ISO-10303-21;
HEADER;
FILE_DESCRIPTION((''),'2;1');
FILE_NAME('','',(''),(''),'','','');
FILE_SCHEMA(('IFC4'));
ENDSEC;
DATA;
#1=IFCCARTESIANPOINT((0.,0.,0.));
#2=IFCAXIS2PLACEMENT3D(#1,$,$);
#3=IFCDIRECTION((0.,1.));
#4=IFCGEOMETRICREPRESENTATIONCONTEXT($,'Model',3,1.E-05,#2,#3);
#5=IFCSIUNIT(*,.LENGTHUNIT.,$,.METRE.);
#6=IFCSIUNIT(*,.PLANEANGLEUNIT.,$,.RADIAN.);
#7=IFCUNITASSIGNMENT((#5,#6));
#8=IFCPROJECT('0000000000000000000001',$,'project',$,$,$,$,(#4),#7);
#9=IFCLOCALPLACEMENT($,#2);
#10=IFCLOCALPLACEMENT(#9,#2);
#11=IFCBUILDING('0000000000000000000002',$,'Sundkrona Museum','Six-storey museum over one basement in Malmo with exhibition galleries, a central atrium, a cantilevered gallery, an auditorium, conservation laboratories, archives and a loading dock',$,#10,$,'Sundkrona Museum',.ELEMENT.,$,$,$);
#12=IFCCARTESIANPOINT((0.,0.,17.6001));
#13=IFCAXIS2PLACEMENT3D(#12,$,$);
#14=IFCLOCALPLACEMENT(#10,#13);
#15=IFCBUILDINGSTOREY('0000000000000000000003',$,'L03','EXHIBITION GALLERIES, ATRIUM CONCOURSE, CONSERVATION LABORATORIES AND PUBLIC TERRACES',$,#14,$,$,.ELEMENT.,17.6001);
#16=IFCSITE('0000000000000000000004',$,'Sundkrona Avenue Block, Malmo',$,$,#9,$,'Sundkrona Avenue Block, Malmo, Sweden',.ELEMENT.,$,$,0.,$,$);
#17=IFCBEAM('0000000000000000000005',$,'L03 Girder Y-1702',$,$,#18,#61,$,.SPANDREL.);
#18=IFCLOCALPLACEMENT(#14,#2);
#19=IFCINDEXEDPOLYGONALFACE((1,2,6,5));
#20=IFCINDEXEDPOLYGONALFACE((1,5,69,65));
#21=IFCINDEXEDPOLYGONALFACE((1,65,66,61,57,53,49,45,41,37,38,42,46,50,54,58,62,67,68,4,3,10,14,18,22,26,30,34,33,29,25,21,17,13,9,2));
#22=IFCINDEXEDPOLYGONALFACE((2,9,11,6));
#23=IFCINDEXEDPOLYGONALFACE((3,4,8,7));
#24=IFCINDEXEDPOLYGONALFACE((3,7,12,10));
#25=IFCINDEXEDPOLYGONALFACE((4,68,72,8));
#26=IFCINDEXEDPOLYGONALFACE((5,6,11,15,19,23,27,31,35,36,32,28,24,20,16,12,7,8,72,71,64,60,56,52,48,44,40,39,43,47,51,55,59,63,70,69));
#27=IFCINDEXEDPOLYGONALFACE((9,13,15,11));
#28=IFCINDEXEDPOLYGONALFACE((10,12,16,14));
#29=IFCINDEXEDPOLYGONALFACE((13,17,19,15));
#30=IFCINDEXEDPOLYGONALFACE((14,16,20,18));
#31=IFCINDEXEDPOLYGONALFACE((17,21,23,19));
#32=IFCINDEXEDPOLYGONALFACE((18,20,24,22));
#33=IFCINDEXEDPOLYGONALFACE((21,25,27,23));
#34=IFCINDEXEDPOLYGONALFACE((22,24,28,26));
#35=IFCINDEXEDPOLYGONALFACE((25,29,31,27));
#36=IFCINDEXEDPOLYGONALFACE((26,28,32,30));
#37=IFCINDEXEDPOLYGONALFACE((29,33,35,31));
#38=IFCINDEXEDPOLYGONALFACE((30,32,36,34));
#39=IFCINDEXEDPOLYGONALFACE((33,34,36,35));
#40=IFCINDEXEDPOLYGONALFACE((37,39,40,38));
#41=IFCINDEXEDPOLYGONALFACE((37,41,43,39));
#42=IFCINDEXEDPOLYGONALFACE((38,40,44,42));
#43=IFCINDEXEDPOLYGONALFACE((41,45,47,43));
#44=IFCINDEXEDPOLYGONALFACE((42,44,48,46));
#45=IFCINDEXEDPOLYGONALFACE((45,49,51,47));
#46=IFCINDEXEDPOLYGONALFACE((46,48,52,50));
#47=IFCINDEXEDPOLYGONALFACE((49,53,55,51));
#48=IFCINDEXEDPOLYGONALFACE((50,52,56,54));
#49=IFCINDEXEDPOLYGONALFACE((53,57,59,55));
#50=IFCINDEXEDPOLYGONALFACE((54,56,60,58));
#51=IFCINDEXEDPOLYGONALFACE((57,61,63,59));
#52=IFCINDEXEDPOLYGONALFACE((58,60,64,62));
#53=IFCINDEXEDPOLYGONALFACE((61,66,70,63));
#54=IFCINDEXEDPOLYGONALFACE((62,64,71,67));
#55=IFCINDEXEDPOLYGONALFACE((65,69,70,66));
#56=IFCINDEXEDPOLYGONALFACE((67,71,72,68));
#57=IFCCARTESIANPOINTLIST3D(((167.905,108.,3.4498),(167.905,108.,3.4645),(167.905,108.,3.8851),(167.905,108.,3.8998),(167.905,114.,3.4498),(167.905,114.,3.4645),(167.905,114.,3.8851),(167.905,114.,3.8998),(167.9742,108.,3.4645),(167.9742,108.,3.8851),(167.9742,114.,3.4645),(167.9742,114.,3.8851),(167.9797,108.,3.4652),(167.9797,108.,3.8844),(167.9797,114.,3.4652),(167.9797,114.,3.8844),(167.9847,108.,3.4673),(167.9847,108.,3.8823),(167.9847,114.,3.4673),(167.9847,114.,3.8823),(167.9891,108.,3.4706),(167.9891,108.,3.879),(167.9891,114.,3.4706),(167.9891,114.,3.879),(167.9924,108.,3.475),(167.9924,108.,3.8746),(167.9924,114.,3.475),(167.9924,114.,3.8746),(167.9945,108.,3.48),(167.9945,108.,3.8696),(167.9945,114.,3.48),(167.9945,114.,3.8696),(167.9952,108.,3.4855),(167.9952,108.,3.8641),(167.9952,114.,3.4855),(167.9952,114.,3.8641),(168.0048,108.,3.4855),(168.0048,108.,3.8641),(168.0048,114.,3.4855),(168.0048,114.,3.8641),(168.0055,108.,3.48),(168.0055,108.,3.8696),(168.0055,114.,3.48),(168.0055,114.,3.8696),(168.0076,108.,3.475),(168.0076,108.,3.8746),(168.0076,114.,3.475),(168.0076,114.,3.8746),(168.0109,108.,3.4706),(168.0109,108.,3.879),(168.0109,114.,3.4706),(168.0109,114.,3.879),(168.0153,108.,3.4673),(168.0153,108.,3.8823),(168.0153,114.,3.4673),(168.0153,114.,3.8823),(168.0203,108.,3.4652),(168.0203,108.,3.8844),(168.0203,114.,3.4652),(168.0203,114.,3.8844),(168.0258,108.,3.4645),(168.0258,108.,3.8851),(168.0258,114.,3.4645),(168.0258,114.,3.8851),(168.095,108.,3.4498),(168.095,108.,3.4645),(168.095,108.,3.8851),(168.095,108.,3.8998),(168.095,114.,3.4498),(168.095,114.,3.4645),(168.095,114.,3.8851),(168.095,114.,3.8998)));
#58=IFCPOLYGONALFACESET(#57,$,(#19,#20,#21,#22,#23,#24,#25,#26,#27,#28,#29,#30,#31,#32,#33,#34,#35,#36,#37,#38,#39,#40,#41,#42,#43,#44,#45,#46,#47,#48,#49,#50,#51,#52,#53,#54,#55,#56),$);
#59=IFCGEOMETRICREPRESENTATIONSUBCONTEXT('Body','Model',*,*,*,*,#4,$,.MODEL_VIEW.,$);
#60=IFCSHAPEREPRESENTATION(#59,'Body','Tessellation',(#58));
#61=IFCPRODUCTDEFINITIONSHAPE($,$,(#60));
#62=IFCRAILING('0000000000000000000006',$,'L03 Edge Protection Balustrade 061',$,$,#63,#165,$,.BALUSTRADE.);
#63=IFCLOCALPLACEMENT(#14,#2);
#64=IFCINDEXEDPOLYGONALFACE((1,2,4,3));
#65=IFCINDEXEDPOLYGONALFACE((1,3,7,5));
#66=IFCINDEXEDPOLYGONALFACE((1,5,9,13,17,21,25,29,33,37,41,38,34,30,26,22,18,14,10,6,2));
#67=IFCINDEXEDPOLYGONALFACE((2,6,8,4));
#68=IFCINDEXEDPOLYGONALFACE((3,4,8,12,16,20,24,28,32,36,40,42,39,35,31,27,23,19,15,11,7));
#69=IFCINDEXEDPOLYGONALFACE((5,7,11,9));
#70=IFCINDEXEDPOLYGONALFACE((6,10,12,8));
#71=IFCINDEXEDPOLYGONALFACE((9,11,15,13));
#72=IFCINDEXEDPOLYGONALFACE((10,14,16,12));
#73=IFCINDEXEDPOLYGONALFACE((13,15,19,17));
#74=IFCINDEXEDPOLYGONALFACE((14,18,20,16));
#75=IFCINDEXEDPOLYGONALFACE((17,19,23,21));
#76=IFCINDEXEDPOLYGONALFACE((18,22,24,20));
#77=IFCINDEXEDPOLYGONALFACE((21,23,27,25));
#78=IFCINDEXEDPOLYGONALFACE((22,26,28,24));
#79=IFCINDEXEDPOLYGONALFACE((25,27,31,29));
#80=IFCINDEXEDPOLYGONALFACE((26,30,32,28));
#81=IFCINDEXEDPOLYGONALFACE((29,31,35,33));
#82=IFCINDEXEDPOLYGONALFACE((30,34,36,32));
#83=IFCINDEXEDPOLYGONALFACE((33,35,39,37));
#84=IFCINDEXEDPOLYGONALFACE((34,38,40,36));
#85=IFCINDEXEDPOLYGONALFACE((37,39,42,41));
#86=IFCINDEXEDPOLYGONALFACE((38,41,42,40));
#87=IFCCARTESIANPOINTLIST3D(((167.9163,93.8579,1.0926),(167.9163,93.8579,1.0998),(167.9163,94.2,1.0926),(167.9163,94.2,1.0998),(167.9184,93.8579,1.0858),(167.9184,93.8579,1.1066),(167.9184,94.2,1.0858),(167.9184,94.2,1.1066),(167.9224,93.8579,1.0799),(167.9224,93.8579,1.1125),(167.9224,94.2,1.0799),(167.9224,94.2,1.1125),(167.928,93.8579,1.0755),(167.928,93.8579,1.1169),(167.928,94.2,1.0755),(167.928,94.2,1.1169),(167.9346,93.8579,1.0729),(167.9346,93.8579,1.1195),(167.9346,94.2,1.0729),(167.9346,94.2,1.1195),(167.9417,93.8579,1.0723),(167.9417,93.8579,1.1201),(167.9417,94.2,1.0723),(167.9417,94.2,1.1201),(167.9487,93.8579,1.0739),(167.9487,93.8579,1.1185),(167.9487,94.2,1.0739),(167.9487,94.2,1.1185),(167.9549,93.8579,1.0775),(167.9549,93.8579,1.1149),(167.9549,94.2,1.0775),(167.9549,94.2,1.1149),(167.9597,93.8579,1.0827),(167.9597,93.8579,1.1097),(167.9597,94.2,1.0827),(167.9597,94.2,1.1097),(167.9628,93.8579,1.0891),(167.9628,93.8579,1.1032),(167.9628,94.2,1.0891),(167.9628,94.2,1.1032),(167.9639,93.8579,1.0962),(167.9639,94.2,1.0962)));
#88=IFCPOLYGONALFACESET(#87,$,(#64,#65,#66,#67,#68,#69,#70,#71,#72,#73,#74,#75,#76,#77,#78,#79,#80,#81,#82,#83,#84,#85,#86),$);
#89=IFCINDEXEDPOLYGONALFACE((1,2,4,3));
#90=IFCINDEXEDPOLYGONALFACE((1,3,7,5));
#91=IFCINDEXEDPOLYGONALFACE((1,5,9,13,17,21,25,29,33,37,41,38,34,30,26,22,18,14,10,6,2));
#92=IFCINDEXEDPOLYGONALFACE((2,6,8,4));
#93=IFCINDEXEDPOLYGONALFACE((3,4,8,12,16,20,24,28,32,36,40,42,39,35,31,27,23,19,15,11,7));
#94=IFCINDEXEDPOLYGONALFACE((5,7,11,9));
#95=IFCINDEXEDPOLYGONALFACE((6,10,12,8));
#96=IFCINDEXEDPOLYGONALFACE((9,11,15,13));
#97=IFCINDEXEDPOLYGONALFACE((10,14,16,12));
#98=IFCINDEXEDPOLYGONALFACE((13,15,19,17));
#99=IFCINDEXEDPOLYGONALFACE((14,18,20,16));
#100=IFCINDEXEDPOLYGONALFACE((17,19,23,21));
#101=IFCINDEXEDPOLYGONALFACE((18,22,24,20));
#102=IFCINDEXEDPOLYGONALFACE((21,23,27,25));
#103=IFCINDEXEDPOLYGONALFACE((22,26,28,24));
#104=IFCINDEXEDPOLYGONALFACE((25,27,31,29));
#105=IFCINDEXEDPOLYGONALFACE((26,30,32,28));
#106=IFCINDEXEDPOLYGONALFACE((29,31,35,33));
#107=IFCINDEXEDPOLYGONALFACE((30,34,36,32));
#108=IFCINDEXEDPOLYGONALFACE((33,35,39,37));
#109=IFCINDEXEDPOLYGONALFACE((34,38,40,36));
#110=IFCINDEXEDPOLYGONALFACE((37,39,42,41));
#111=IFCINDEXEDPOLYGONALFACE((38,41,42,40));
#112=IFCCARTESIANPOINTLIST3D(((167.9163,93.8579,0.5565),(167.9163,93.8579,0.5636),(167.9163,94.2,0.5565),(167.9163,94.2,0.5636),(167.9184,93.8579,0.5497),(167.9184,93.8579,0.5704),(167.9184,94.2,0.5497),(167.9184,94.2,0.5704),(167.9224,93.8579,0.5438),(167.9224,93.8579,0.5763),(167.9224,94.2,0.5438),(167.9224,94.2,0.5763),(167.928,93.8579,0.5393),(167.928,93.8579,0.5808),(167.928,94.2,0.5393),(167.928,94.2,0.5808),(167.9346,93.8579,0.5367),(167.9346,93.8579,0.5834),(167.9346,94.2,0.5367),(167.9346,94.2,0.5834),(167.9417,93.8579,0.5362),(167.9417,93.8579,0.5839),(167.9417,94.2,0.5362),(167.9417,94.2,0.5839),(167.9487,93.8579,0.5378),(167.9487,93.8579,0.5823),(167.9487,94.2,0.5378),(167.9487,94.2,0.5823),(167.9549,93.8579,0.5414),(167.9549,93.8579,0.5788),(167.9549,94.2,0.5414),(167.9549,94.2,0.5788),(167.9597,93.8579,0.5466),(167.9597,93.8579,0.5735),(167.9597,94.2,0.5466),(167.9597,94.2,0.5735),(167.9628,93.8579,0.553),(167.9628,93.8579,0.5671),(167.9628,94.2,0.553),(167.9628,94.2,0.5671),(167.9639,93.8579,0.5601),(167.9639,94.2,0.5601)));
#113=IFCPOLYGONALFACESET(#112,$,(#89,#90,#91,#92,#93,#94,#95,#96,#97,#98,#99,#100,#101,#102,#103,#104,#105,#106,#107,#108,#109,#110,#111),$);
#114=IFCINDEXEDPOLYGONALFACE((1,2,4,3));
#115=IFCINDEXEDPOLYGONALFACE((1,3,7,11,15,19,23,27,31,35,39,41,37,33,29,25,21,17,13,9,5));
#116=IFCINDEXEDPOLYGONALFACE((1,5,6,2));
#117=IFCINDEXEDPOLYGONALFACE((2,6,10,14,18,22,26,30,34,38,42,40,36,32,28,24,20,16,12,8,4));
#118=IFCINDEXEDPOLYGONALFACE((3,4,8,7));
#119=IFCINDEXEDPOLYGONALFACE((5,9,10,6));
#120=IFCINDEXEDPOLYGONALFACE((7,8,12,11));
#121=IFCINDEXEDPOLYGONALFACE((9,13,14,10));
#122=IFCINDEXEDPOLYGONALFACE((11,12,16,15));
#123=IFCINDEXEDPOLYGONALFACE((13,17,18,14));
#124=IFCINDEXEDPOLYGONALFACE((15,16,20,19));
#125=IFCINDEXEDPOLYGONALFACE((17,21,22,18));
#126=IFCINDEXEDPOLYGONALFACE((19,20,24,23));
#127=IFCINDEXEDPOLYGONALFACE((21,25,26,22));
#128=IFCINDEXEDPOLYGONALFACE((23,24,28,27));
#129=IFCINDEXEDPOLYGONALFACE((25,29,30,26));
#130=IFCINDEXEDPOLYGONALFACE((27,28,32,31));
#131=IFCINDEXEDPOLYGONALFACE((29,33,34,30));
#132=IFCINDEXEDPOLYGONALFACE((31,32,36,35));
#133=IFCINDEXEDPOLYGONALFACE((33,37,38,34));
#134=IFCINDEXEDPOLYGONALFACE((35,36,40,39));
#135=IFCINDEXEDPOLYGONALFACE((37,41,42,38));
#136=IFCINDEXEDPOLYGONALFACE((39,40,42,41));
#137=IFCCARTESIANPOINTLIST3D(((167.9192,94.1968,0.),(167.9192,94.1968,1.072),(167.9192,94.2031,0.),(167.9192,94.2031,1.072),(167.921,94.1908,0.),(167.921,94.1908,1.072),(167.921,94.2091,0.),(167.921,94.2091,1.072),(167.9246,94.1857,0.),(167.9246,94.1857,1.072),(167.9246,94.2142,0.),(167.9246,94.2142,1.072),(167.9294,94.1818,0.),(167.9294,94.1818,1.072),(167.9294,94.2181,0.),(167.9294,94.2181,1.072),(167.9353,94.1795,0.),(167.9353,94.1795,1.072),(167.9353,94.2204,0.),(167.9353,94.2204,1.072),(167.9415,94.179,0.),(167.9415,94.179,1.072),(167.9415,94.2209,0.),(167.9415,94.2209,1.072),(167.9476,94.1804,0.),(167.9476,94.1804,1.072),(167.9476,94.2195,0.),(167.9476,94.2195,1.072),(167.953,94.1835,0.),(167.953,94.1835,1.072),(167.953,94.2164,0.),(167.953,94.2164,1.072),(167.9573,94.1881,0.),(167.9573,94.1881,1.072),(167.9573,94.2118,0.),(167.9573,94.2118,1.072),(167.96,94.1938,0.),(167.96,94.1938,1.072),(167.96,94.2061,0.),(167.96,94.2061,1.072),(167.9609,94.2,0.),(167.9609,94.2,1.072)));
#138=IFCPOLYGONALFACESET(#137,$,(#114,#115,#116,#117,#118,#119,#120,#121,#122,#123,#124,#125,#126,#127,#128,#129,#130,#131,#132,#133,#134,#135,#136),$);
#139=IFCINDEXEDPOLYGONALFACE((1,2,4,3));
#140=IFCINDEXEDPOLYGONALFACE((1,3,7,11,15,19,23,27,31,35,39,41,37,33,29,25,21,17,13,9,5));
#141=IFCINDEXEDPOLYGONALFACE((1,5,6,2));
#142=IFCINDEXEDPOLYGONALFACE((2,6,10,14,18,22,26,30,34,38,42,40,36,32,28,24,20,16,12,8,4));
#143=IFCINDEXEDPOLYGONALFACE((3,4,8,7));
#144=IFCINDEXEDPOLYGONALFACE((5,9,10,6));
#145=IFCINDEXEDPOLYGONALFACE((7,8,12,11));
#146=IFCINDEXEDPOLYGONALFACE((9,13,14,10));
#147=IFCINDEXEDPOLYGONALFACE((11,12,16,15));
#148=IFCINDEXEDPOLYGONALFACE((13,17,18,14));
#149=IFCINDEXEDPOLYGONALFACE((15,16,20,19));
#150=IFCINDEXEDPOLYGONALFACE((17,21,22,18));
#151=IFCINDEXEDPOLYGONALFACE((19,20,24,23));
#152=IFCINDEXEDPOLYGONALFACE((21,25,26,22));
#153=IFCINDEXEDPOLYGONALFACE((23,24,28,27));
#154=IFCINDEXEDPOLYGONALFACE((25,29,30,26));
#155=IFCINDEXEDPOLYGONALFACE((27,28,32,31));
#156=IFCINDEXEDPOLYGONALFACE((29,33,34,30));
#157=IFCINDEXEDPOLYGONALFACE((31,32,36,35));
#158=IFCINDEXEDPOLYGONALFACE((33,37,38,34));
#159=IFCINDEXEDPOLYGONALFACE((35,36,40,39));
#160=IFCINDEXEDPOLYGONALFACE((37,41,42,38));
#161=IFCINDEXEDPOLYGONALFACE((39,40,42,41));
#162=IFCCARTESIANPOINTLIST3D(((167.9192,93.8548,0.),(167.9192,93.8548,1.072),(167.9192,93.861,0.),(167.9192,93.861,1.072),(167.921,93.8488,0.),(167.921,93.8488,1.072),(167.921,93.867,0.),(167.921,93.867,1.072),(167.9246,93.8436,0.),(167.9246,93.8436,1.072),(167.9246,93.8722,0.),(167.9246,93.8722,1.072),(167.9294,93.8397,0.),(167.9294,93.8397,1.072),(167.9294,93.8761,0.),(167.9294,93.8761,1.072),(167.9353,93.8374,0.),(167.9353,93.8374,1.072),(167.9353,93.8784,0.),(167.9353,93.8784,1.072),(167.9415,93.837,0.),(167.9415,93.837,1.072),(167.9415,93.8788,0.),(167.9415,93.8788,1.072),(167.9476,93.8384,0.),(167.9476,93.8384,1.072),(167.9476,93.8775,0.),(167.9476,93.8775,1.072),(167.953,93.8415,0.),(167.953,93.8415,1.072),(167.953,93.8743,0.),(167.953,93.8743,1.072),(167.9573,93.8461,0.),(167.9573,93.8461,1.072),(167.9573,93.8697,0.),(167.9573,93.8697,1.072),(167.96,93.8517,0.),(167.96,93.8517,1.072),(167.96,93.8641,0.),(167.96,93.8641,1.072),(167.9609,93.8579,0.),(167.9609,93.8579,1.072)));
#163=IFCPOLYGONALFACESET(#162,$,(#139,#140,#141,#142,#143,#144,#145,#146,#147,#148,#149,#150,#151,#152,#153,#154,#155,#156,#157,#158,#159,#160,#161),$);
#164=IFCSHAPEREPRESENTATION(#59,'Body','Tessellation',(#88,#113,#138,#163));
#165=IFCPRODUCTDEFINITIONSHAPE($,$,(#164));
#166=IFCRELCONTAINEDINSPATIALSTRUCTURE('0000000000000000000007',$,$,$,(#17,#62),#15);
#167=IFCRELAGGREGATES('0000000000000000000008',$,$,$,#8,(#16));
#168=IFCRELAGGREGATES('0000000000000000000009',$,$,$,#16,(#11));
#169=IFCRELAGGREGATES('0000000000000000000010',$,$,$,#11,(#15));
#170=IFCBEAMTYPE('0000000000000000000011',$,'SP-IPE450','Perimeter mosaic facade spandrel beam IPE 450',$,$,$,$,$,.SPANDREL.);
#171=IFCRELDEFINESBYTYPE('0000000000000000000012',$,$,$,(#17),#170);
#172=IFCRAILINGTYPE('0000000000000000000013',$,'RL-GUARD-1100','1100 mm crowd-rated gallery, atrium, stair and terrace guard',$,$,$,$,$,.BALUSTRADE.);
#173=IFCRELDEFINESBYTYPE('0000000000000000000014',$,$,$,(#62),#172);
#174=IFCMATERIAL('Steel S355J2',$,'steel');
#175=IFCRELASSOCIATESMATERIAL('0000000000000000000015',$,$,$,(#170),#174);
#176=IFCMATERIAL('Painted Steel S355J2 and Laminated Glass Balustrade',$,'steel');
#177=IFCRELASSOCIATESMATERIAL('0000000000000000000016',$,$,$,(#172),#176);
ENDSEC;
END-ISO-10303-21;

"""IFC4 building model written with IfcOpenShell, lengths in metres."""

from ifc_helpers import new_model, si_unit, direction, frame, origin, origin_2d, place, context, subcontext, project, spatial, circle, i_section, extrude, material, material_profile, profile_set, type_object, element, save


model = new_model("IFC4")

# Units and contexts
model_context = context("Model", 3, precision=1e-05, world=origin(), true_north=direction((0.0, 1.0)))
body_context = subcontext(model_context, "Body", "Model", "MODEL_VIEW")
ifc_project = project(units=[si_unit("LENGTHUNIT", "METRE"), si_unit("PLANEANGLEUNIT", "RADIAN")], contexts=[model_context])

# Site, building, storey
site_placement = place(None, origin())
site = spatial("IfcSite", under=ifc_project, at=site_placement, Name="Sundkrona Avenue Block, Malmo", LongName="Sundkrona Avenue Block, Malmo, Sweden", CompositionType="ELEMENT", RefElevation=0.0)
building_placement = place(site_placement, origin())
building = spatial("IfcBuilding", under=site, at=building_placement, Name="Sundkrona Museum", Description="Six-storey museum over one basement in Malmo with exhibition galleries, a central atrium, a cantilevered gallery, an auditorium, conservation laboratories, archives and a loading dock", LongName="Sundkrona Museum", CompositionType="ELEMENT")
storey_placement = place(building_placement, frame((0.0, 0.0, 17.6001)))
storey = spatial("IfcBuildingStorey", under=building, at=storey_placement, Name="L03", Description="EXHIBITION GALLERIES, ATRIUM CONCOURSE, CONSERVATION LABORATORIES AND PUBLIC TERRACES", CompositionType="ELEMENT", Elevation=17.6001)

# Shared definitions
ifc_material_1 = material(Name="Steel S355J2", Category="steel")

# Beam
ifc_material_profile_1 = material_profile(ifc_material_1, i_section(OverallWidth=0.1899, OverallDepth=0.45, WebThickness=0.0095, FlangeThickness=0.0146, FilletRadius=0.021, at=origin_2d()), Name="IPE 450")
ifc_profile_set_1 = profile_set([ifc_material_profile_1], Name="Steel S355J2")
beam_type_1 = type_object("IfcBeamType", Name="SP-IPE450", Description="Perimeter mosaic facade spandrel beam IPE 450", PredefinedType="SPANDREL", material=ifc_profile_set_1)
for number, where, z_axis, x_axis, name in (
    (1, (168.0, 108.0, 3.6748), (0.0, 1.0, 0.0), (-1.0, 0.0, 0.0), "L03 Girder Y-1702"),
):
    element("IfcBeam", number, at=place(storey_placement, frame(where, z_axis=z_axis, x_axis=x_axis)), inside=storey, type_object=beam_type_1, Name=name, PredefinedType="SPANDREL", context=body_context, shape_type="SweptSolid", body=[
        extrude(i_section(OverallWidth=0.1899, OverallDepth=0.45, WebThickness=0.0095, FlangeThickness=0.0146, FilletRadius=0.021, at=origin_2d()), origin(), (0.0, 0.0, 1.0), 6.0),
    ])

# Railing
ifc_material_2 = material(Name="Painted Steel S355J2 and Laminated Glass Balustrade", Category="steel")
railing_type = type_object("IfcRailingType", Name="RL-GUARD-1100", Description="1100 mm crowd-rated gallery, atrium, stair and terrace guard", PredefinedType="BALUSTRADE", material=ifc_material_2)
railing_1_placement = place(storey_placement, frame((167.9399, 94.2, 0.0)))
element("IfcRailing", 2, at=railing_1_placement, inside=storey, type_object=railing_type, Name="L03 Edge Protection Balustrade 061", PredefinedType="BALUSTRADE", context=body_context, shape_type="SweptSolid", body=[
    extrude(circle(Radius=0.0239, at=origin_2d()), frame((0.0, 0.0, 1.0962), z_axis=(0.0, -1.0, 0.0), x_axis=(1.0, 0.0, 0.0)), (0.0, 0.0, 1.0), 0.342),
    extrude(circle(Radius=0.0239, at=origin_2d()), frame((0.0, 0.0, 0.5601), z_axis=(0.0, -1.0, 0.0), x_axis=(1.0, 0.0, 0.0)), (0.0, 0.0, 1.0), 0.342),
    extrude(circle(Radius=0.021, at=origin_2d()), origin(), (0.0, 0.0, 1.0), 1.072),
    extrude(circle(Radius=0.021, at=origin_2d()), frame((0.0, -0.342, 0.0)), (0.0, 0.0, 1.0), 1.072),
])

save(model, "model.ifc")
